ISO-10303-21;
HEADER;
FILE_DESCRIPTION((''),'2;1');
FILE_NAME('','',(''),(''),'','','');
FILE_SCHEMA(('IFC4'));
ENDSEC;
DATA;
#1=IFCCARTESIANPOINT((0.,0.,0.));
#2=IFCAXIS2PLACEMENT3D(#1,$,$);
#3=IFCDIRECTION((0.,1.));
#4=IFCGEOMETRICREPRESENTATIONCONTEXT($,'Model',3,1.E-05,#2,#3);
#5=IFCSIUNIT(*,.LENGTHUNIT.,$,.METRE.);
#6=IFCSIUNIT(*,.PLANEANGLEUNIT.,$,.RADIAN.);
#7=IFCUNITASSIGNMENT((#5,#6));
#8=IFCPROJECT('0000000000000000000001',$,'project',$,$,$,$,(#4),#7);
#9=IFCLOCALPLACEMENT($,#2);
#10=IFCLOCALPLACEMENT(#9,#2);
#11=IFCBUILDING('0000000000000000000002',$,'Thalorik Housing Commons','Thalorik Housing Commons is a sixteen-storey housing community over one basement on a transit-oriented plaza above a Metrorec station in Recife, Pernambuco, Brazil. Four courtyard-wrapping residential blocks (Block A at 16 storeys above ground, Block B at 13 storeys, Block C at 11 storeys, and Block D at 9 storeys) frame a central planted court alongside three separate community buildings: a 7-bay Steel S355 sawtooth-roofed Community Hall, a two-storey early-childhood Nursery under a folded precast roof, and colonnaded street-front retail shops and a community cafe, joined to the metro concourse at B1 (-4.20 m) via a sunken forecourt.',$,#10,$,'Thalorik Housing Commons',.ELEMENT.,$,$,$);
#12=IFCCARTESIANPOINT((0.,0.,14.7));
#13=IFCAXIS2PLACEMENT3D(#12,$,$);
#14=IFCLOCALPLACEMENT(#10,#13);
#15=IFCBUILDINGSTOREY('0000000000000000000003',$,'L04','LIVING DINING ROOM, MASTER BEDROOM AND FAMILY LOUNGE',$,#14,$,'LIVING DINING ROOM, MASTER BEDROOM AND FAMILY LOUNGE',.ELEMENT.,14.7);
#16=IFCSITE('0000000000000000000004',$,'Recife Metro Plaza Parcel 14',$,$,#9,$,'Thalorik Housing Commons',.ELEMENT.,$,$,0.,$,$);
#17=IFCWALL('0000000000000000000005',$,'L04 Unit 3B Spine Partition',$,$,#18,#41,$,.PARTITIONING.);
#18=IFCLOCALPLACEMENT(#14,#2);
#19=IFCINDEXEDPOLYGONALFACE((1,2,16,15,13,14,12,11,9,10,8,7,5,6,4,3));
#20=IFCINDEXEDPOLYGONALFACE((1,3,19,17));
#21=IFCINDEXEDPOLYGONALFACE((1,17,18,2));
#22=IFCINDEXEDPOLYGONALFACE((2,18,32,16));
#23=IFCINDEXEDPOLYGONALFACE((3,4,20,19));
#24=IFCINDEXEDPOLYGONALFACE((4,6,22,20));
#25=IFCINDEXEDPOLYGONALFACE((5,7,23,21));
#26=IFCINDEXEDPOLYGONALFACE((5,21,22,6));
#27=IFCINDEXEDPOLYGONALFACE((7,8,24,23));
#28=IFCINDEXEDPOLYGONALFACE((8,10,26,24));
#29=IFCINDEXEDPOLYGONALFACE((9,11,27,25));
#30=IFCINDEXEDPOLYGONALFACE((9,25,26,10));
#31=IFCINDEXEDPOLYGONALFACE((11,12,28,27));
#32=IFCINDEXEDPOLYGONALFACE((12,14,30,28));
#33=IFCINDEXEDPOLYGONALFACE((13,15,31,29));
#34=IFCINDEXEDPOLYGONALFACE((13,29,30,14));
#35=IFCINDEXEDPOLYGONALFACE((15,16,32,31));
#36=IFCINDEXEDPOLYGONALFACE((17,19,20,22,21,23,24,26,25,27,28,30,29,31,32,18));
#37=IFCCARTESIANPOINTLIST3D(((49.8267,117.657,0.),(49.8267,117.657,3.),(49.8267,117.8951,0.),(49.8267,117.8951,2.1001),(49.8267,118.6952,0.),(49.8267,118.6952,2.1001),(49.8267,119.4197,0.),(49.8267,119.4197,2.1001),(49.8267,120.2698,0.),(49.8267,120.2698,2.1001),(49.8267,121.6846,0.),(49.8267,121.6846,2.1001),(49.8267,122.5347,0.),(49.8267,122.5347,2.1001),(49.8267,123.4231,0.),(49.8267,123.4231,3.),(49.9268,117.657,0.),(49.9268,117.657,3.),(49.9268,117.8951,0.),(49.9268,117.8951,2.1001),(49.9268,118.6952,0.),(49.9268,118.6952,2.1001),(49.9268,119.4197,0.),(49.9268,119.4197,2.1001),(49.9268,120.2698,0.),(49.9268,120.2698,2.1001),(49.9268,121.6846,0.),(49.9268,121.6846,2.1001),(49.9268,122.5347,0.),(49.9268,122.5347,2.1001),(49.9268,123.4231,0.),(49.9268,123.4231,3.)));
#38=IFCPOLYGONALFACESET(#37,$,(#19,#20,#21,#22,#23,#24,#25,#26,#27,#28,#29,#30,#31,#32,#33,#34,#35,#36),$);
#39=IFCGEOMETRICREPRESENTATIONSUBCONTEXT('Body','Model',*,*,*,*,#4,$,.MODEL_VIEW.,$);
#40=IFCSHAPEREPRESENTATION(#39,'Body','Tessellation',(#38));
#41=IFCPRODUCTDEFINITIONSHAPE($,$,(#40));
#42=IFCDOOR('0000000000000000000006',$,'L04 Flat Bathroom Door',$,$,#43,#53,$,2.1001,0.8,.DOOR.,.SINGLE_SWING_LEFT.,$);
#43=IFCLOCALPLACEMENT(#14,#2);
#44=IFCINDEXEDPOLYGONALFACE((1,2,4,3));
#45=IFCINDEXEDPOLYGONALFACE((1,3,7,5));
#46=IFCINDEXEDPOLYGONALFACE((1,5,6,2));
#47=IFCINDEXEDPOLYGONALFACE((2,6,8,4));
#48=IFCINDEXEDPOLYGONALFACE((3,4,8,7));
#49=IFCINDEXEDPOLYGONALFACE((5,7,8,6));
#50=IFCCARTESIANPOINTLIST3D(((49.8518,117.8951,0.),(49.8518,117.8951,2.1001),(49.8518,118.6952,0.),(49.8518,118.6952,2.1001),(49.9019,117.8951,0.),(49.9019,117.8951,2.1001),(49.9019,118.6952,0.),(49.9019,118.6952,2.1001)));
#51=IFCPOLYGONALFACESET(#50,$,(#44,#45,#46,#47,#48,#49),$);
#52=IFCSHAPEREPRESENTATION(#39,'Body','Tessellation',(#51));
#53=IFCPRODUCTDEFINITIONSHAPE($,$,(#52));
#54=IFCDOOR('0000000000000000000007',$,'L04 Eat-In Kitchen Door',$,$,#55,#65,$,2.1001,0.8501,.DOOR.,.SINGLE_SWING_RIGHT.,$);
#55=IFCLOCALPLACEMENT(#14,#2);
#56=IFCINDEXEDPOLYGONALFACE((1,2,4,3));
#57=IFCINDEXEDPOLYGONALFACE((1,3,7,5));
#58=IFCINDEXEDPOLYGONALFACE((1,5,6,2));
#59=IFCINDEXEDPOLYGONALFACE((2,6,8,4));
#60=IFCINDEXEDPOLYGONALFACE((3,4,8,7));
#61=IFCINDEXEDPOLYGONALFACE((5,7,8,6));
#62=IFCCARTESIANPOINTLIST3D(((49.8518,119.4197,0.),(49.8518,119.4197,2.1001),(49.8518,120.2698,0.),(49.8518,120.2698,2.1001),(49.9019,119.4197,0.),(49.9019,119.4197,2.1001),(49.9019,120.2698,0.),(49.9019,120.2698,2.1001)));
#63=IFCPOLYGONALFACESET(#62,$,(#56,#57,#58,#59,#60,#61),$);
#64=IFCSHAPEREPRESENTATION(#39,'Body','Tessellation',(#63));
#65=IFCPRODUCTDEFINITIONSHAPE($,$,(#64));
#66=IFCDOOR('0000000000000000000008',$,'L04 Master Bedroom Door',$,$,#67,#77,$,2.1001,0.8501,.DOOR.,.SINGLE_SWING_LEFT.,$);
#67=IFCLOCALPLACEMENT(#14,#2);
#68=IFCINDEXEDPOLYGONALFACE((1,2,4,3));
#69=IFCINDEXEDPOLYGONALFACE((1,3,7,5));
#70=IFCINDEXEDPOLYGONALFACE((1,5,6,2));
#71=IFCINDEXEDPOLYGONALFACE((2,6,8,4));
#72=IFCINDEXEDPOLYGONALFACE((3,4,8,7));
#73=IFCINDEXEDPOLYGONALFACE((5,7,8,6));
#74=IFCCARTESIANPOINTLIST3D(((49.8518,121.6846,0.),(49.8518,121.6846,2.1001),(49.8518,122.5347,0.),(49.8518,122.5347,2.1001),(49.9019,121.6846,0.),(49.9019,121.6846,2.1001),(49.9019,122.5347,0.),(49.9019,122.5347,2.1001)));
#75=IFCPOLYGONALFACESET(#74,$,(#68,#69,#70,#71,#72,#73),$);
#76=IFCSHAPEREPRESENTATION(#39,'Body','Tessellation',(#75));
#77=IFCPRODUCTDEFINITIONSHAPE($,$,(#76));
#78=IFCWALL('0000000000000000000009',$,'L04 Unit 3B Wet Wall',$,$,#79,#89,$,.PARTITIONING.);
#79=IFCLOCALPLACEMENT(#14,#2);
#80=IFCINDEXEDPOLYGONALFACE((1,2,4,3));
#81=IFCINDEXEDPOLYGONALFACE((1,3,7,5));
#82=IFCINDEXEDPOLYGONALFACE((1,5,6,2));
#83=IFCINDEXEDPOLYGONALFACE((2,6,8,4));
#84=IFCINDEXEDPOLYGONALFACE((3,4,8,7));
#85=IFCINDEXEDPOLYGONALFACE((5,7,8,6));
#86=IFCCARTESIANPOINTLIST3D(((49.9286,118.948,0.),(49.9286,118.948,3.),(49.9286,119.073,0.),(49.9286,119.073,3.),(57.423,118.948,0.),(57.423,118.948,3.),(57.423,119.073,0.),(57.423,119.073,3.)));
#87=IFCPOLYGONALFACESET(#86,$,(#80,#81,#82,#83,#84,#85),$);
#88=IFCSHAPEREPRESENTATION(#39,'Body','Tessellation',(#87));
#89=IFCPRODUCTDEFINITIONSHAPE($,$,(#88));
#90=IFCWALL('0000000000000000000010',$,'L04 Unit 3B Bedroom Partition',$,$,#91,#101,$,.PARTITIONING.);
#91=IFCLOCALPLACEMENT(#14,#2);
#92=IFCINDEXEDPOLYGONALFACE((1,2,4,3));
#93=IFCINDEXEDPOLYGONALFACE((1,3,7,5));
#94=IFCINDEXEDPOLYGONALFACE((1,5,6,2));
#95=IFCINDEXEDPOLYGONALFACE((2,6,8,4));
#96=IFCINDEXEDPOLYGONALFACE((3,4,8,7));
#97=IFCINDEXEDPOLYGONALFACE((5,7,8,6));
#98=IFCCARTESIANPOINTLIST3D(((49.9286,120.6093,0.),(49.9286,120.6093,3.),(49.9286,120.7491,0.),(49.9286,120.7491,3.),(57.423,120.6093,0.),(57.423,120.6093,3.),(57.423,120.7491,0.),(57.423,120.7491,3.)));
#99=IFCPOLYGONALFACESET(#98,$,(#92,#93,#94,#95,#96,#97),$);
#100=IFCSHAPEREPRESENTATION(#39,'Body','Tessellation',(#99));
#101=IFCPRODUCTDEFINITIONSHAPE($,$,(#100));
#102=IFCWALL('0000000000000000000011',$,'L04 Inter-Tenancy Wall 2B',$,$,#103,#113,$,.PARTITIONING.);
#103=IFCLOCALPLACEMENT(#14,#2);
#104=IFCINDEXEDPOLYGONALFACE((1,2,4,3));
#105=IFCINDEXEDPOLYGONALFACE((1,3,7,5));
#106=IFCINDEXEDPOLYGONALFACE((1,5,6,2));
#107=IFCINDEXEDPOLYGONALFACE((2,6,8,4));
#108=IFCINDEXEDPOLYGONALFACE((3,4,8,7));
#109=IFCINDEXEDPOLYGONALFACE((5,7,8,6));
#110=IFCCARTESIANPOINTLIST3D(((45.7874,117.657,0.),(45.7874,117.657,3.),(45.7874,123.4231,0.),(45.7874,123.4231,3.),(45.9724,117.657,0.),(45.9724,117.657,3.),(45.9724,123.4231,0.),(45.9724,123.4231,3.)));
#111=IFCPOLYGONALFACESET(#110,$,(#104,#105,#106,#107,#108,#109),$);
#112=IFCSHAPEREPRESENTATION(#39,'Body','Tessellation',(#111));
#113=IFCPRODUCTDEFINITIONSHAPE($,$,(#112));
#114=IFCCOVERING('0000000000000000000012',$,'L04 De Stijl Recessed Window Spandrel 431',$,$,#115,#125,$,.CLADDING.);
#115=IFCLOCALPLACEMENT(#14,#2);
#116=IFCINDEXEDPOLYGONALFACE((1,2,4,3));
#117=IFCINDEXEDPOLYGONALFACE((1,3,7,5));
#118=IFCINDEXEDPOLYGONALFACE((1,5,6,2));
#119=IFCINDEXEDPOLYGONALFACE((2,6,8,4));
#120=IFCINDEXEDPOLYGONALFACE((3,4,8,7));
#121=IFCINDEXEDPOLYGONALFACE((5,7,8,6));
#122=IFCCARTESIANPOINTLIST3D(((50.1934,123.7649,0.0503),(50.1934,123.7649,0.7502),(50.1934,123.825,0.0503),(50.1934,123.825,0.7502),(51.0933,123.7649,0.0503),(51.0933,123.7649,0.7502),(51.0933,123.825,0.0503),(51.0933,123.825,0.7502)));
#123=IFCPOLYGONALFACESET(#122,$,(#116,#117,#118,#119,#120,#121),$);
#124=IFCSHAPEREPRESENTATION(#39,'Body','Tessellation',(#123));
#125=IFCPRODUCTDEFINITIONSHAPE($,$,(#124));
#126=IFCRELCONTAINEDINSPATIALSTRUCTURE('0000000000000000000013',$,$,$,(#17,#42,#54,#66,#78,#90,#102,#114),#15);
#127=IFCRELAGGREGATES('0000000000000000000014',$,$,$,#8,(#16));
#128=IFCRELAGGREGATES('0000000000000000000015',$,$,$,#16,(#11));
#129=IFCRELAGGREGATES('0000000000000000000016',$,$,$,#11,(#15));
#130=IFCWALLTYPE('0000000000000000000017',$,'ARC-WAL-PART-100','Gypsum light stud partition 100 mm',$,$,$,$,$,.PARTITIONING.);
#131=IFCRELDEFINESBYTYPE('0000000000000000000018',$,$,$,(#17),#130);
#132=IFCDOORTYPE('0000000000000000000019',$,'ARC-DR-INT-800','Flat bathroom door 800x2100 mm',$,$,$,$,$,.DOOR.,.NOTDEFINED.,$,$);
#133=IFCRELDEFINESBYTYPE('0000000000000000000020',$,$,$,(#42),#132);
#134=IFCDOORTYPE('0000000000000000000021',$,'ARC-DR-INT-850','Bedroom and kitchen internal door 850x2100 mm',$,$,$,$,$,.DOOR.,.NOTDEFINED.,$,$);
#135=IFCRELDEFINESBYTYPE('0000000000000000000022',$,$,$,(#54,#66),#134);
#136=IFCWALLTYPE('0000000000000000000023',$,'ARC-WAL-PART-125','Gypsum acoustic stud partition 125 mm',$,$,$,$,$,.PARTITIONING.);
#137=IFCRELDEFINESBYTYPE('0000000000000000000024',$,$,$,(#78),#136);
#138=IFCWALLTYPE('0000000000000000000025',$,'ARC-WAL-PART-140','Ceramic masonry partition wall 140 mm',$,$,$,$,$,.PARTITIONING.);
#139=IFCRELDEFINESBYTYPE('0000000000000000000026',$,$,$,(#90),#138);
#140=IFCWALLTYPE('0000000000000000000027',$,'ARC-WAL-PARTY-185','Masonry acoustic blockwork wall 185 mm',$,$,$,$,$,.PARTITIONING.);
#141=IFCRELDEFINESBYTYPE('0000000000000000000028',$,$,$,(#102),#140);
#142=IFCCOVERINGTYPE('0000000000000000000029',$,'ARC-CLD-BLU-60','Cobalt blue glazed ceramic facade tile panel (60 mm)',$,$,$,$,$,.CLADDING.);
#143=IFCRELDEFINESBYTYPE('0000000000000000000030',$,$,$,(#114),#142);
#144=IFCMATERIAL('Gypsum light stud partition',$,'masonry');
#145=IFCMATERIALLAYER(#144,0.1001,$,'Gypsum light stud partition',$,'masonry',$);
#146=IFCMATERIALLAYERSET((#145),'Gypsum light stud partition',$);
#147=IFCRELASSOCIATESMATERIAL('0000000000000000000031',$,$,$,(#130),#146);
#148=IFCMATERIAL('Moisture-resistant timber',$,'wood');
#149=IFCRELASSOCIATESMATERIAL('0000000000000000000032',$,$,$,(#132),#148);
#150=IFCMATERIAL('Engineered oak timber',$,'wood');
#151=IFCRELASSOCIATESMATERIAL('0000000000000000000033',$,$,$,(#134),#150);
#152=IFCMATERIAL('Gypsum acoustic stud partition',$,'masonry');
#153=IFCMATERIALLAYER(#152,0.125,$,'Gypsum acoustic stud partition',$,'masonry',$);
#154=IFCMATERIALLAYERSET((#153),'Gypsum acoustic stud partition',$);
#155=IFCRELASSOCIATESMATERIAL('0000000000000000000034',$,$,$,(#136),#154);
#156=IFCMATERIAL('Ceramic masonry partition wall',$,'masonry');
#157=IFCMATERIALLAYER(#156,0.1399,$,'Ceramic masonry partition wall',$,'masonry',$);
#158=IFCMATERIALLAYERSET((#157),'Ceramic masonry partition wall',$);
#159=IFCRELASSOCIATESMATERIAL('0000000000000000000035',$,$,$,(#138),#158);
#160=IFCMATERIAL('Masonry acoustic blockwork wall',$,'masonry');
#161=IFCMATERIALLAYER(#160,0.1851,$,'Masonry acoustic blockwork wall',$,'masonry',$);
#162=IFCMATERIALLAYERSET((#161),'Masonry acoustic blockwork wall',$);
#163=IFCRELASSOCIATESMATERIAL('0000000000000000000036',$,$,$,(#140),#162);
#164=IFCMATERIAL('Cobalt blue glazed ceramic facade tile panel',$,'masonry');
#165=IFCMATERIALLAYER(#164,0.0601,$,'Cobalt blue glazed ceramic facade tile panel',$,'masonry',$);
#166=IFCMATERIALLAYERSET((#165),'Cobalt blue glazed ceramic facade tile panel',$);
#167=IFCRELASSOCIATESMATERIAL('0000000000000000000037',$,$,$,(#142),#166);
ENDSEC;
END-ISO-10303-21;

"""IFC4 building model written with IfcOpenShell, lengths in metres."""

from ifc_helpers import new_model, si_unit, direction, frame, frame_2d, origin, origin_2d, place, context, subcontext, project, spatial, rectangle, extrude, material, layer, layer_set, type_object, element, fill, save


model = new_model("IFC4")

# Units and contexts
model_context = context("Model", 3, precision=1e-05, world=origin(), true_north=direction((0.0, 1.0)))
body_context = subcontext(model_context, "Body", "Model", "MODEL_VIEW")
ifc_project = project(units=[si_unit("LENGTHUNIT", "METRE"), si_unit("PLANEANGLEUNIT", "RADIAN")], contexts=[model_context])

# Site, building, storey
site_placement = place(None, origin())
site = spatial("IfcSite", under=ifc_project, at=site_placement, Name="Recife Metro Plaza Parcel 14", LongName="Thalorik Housing Commons", CompositionType="ELEMENT", RefElevation=0.0)
building_placement = place(site_placement, origin())
building = spatial("IfcBuilding", under=site, at=building_placement, Name="Thalorik Housing Commons", Description="Thalorik Housing Commons is a sixteen-storey housing community over one basement on a transit-oriented plaza above a Metrorec station in Recife, Pernambuco, Brazil. Four courtyard-wrapping residential blocks (Block A at 16 storeys above ground, Block B at 13 storeys, Block C at 11 storeys, and Block D at 9 storeys) frame a central planted court alongside three separate community buildings: a 7-bay Steel S355 sawtooth-roofed Community Hall, a two-storey early-childhood Nursery under a folded precast roof, and colonnaded street-front retail shops and a community cafe, joined to the metro concourse at B1 (-4.20 m) via a sunken forecourt.", LongName="Thalorik Housing Commons", CompositionType="ELEMENT")
storey_placement = place(building_placement, frame((0.0, 0.0, 14.7)))
storey = spatial("IfcBuildingStorey", under=building, at=storey_placement, Name="L04", Description="LIVING DINING ROOM, MASTER BEDROOM AND FAMILY LOUNGE", LongName="LIVING DINING ROOM, MASTER BEDROOM AND FAMILY LOUNGE", CompositionType="ELEMENT", Elevation=14.7)

# Wall, openings, doors
ifc_material_1 = material(Name="Gypsum light stud partition", Category="masonry")
ifc_layer_1 = layer(ifc_material_1, 0.1001, Name="Gypsum light stud partition", Category="masonry")
ifc_layer_set_1 = layer_set([ifc_layer_1], Name="Gypsum light stud partition")
wall_type_1 = type_object("IfcWallType", Name="ARC-WAL-PART-100", Description="Gypsum light stud partition 100 mm", PredefinedType="PARTITIONING", material=ifc_layer_set_1)
wall_1_placement = place(storey_placement, frame((49.8767, 117.657, 0.0), z_axis=(0.0, 0.0, 1.0), x_axis=(0.0, 1.0, 0.0)))
wall_1 = element("IfcWall", 1, at=wall_1_placement, inside=storey, type_object=wall_type_1, Name="L04 Unit 3B Spine Partition", PredefinedType="PARTITIONING", context=body_context, shape_type="SweptSolid", body=[
    extrude(rectangle(XDim=5.7661, YDim=0.1001, at=frame_2d((2.8831, 0.0))), origin(), (0.0, 0.0, 1.0), 3.0),
])
opening_1_placement = place(wall_1_placement, frame((0.2383, 0.0, 0.0)))
opening_1 = element("IfcOpeningElement", 2, at=opening_1_placement, cuts=wall_1, PredefinedType="OPENING", context=body_context, shape_type="SweptSolid", body=[
    extrude(rectangle(XDim=0.8, YDim=2.1001, at=frame_2d((0.3999, 1.05))), frame((0.0, 0.0601, 0.0), z_axis=(0.0, -1.0, 0.0), x_axis=(1.0, 0.0, 0.0)), (0.0, 0.0, 1.0), 0.1201),
])
opening_2_placement = place(wall_1_placement, frame((1.7627, 0.0, 0.0)))
opening_2 = element("IfcOpeningElement", 3, at=opening_2_placement, cuts=wall_1, PredefinedType="OPENING", context=body_context, shape_type="SweptSolid", body=[
    extrude(rectangle(XDim=0.8501, YDim=2.1001, at=frame_2d((0.425, 1.05))), frame((0.0, 0.0601, 0.0), z_axis=(0.0, -1.0, 0.0), x_axis=(1.0, 0.0, 0.0)), (0.0, 0.0, 1.0), 0.1201),
])
opening_3_placement = place(wall_1_placement, frame((4.0276, 0.0, 0.0)))
opening_3 = element("IfcOpeningElement", 4, at=opening_3_placement, cuts=wall_1, PredefinedType="OPENING", context=body_context, shape_type="SweptSolid", body=[
    extrude(rectangle(XDim=0.8501, YDim=2.1001, at=frame_2d((0.425, 1.05))), frame((0.0, 0.0601, 0.0), z_axis=(0.0, -1.0, 0.0), x_axis=(1.0, 0.0, 0.0)), (0.0, 0.0, 1.0), 0.1201),
])
ifc_material_2 = material(Name="Moisture-resistant timber", Category="wood")
door_type_1 = type_object("IfcDoorType", Name="ARC-DR-INT-800", Description="Flat bathroom door 800x2100 mm", OperationType="NOTDEFINED", PredefinedType="DOOR", material=ifc_material_2)
door_1_placement = place(opening_1_placement, origin())
door_1 = element("IfcDoor", 5, at=door_1_placement, inside=storey, type_object=door_type_1, Name="L04 Flat Bathroom Door", OperationType="SINGLE_SWING_LEFT", OverallHeight=2.1001, OverallWidth=0.8, PredefinedType="DOOR", context=body_context, shape_type="SweptSolid", body=[
    extrude(rectangle(XDim=0.8, YDim=2.1001, at=frame_2d((0.3999, 1.05))), frame((0.0, 0.0249, 0.0), z_axis=(0.0, -1.0, 0.0), x_axis=(1.0, 0.0, 0.0)), (0.0, 0.0, 1.0), 0.05),
])
fill(opening_1, door_1)
ifc_material_3 = material(Name="Engineered oak timber", Category="wood")
door_type_2 = type_object("IfcDoorType", Name="ARC-DR-INT-850", Description="Bedroom and kitchen internal door 850x2100 mm", OperationType="NOTDEFINED", PredefinedType="DOOR", material=ifc_material_3)
door_2_placement = place(opening_2_placement, origin())
door_2 = element("IfcDoor", 6, at=door_2_placement, inside=storey, type_object=door_type_2, Name="L04 Eat-In Kitchen Door", OperationType="SINGLE_SWING_RIGHT", OverallHeight=2.1001, OverallWidth=0.8501, PredefinedType="DOOR", context=body_context, shape_type="SweptSolid", body=[
    extrude(rectangle(XDim=0.8501, YDim=2.1001, at=frame_2d((0.425, 1.05))), frame((0.0, 0.0249, 0.0), z_axis=(0.0, -1.0, 0.0), x_axis=(1.0, 0.0, 0.0)), (0.0, 0.0, 1.0), 0.05),
])
fill(opening_2, door_2)
door_3_placement = place(opening_3_placement, origin())
door_3 = element("IfcDoor", 7, at=door_3_placement, inside=storey, type_object=door_type_2, Name="L04 Master Bedroom Door", OperationType="SINGLE_SWING_LEFT", OverallHeight=2.1001, OverallWidth=0.8501, PredefinedType="DOOR", context=body_context, shape_type="SweptSolid", body=[
    extrude(rectangle(XDim=0.8501, YDim=2.1001, at=frame_2d((0.425, 1.05))), frame((0.0, 0.0249, 0.0), z_axis=(0.0, -1.0, 0.0), x_axis=(1.0, 0.0, 0.0)), (0.0, 0.0, 1.0), 0.05),
])
fill(opening_3, door_3)

# Walls
ifc_material_4 = material(Name="Gypsum acoustic stud partition", Category="masonry")
ifc_layer_2 = layer(ifc_material_4, 0.125, Name="Gypsum acoustic stud partition", Category="masonry")
ifc_layer_set_2 = layer_set([ifc_layer_2], Name="Gypsum acoustic stud partition")
wall_type_2 = type_object("IfcWallType", Name="ARC-WAL-PART-125", Description="Gypsum acoustic stud partition 125 mm", PredefinedType="PARTITIONING", material=ifc_layer_set_2)
wall_2_placement = place(storey_placement, frame((49.9287, 119.0105, 0.0), z_axis=(0.0, 0.0, 1.0), x_axis=(1.0, 0.0, 0.0)))
element("IfcWall", 8, at=wall_2_placement, inside=storey, type_object=wall_type_2, Name="L04 Unit 3B Wet Wall", PredefinedType="PARTITIONING", context=body_context, shape_type="SweptSolid", body=[
    extrude(rectangle(XDim=7.4944, YDim=0.125, at=frame_2d((3.7471, 0.0))), origin(), (0.0, 0.0, 1.0), 3.0),
])
ifc_material_5 = material(Name="Ceramic masonry partition wall", Category="masonry")
ifc_layer_3 = layer(ifc_material_5, 0.1399, Name="Ceramic masonry partition wall", Category="masonry")
ifc_layer_set_3 = layer_set([ifc_layer_3], Name="Ceramic masonry partition wall")
wall_type_3 = type_object("IfcWallType", Name="ARC-WAL-PART-140", Description="Ceramic masonry partition wall 140 mm", PredefinedType="PARTITIONING", material=ifc_layer_set_3)
wall_3_placement = place(storey_placement, frame((49.9287, 120.6792, 0.0), z_axis=(0.0, 0.0, 1.0), x_axis=(1.0, 0.0, 0.0)))
element("IfcWall", 9, at=wall_3_placement, inside=storey, type_object=wall_type_3, Name="L04 Unit 3B Bedroom Partition", PredefinedType="PARTITIONING", context=body_context, shape_type="SweptSolid", body=[
    extrude(rectangle(XDim=7.4944, YDim=0.1399, at=frame_2d((3.7471, 0.0))), origin(), (0.0, 0.0, 1.0), 3.0),
])
ifc_material_6 = material(Name="Masonry acoustic blockwork wall", Category="masonry")
ifc_layer_4 = layer(ifc_material_6, 0.1851, Name="Masonry acoustic blockwork wall", Category="masonry")
ifc_layer_set_4 = layer_set([ifc_layer_4], Name="Masonry acoustic blockwork wall")
wall_type_4 = type_object("IfcWallType", Name="ARC-WAL-PARTY-185", Description="Masonry acoustic blockwork wall 185 mm", PredefinedType="PARTITIONING", material=ifc_layer_set_4)
wall_4_placement = place(storey_placement, frame((45.8799, 117.657, 0.0), z_axis=(0.0, 0.0, 1.0), x_axis=(0.0, 1.0, 0.0)))
element("IfcWall", 10, at=wall_4_placement, inside=storey, type_object=wall_type_4, Name="L04 Inter-Tenancy Wall 2B", PredefinedType="PARTITIONING", context=body_context, shape_type="SweptSolid", body=[
    extrude(rectangle(XDim=5.7661, YDim=0.1851, at=frame_2d((2.8831, 0.0))), origin(), (0.0, 0.0, 1.0), 3.0),
])

# Covering
ifc_material_7 = material(Name="Cobalt blue glazed ceramic facade tile panel", Category="masonry")
ifc_layer_5 = layer(ifc_material_7, 0.0601, Name="Cobalt blue glazed ceramic facade tile panel", Category="masonry")
ifc_layer_set_5 = layer_set([ifc_layer_5], Name="Cobalt blue glazed ceramic facade tile panel")
covering_type_1 = type_object("IfcCoveringType", Name="ARC-CLD-BLU-60", Description="Cobalt blue glazed ceramic facade tile panel (60 mm)", PredefinedType="CLADDING", material=ifc_layer_set_5)
covering_1_placement = place(storey_placement, frame((50.6433, 123.7949, 0.0503), z_axis=(0.0, 0.0, 1.0), x_axis=(-1.0, 0.0, 0.0)))
element("IfcCovering", 11, at=covering_1_placement, inside=storey, type_object=covering_type_1, Name="L04 De Stijl Recessed Window Spandrel 431", PredefinedType="CLADDING", context=body_context, shape_type="SweptSolid", body=[
    extrude(rectangle(XDim=0.8999, YDim=0.0601, at=origin_2d()), origin(), (0.0, 0.0, 1.0), 0.7),
])

save(model, "model.ifc")
